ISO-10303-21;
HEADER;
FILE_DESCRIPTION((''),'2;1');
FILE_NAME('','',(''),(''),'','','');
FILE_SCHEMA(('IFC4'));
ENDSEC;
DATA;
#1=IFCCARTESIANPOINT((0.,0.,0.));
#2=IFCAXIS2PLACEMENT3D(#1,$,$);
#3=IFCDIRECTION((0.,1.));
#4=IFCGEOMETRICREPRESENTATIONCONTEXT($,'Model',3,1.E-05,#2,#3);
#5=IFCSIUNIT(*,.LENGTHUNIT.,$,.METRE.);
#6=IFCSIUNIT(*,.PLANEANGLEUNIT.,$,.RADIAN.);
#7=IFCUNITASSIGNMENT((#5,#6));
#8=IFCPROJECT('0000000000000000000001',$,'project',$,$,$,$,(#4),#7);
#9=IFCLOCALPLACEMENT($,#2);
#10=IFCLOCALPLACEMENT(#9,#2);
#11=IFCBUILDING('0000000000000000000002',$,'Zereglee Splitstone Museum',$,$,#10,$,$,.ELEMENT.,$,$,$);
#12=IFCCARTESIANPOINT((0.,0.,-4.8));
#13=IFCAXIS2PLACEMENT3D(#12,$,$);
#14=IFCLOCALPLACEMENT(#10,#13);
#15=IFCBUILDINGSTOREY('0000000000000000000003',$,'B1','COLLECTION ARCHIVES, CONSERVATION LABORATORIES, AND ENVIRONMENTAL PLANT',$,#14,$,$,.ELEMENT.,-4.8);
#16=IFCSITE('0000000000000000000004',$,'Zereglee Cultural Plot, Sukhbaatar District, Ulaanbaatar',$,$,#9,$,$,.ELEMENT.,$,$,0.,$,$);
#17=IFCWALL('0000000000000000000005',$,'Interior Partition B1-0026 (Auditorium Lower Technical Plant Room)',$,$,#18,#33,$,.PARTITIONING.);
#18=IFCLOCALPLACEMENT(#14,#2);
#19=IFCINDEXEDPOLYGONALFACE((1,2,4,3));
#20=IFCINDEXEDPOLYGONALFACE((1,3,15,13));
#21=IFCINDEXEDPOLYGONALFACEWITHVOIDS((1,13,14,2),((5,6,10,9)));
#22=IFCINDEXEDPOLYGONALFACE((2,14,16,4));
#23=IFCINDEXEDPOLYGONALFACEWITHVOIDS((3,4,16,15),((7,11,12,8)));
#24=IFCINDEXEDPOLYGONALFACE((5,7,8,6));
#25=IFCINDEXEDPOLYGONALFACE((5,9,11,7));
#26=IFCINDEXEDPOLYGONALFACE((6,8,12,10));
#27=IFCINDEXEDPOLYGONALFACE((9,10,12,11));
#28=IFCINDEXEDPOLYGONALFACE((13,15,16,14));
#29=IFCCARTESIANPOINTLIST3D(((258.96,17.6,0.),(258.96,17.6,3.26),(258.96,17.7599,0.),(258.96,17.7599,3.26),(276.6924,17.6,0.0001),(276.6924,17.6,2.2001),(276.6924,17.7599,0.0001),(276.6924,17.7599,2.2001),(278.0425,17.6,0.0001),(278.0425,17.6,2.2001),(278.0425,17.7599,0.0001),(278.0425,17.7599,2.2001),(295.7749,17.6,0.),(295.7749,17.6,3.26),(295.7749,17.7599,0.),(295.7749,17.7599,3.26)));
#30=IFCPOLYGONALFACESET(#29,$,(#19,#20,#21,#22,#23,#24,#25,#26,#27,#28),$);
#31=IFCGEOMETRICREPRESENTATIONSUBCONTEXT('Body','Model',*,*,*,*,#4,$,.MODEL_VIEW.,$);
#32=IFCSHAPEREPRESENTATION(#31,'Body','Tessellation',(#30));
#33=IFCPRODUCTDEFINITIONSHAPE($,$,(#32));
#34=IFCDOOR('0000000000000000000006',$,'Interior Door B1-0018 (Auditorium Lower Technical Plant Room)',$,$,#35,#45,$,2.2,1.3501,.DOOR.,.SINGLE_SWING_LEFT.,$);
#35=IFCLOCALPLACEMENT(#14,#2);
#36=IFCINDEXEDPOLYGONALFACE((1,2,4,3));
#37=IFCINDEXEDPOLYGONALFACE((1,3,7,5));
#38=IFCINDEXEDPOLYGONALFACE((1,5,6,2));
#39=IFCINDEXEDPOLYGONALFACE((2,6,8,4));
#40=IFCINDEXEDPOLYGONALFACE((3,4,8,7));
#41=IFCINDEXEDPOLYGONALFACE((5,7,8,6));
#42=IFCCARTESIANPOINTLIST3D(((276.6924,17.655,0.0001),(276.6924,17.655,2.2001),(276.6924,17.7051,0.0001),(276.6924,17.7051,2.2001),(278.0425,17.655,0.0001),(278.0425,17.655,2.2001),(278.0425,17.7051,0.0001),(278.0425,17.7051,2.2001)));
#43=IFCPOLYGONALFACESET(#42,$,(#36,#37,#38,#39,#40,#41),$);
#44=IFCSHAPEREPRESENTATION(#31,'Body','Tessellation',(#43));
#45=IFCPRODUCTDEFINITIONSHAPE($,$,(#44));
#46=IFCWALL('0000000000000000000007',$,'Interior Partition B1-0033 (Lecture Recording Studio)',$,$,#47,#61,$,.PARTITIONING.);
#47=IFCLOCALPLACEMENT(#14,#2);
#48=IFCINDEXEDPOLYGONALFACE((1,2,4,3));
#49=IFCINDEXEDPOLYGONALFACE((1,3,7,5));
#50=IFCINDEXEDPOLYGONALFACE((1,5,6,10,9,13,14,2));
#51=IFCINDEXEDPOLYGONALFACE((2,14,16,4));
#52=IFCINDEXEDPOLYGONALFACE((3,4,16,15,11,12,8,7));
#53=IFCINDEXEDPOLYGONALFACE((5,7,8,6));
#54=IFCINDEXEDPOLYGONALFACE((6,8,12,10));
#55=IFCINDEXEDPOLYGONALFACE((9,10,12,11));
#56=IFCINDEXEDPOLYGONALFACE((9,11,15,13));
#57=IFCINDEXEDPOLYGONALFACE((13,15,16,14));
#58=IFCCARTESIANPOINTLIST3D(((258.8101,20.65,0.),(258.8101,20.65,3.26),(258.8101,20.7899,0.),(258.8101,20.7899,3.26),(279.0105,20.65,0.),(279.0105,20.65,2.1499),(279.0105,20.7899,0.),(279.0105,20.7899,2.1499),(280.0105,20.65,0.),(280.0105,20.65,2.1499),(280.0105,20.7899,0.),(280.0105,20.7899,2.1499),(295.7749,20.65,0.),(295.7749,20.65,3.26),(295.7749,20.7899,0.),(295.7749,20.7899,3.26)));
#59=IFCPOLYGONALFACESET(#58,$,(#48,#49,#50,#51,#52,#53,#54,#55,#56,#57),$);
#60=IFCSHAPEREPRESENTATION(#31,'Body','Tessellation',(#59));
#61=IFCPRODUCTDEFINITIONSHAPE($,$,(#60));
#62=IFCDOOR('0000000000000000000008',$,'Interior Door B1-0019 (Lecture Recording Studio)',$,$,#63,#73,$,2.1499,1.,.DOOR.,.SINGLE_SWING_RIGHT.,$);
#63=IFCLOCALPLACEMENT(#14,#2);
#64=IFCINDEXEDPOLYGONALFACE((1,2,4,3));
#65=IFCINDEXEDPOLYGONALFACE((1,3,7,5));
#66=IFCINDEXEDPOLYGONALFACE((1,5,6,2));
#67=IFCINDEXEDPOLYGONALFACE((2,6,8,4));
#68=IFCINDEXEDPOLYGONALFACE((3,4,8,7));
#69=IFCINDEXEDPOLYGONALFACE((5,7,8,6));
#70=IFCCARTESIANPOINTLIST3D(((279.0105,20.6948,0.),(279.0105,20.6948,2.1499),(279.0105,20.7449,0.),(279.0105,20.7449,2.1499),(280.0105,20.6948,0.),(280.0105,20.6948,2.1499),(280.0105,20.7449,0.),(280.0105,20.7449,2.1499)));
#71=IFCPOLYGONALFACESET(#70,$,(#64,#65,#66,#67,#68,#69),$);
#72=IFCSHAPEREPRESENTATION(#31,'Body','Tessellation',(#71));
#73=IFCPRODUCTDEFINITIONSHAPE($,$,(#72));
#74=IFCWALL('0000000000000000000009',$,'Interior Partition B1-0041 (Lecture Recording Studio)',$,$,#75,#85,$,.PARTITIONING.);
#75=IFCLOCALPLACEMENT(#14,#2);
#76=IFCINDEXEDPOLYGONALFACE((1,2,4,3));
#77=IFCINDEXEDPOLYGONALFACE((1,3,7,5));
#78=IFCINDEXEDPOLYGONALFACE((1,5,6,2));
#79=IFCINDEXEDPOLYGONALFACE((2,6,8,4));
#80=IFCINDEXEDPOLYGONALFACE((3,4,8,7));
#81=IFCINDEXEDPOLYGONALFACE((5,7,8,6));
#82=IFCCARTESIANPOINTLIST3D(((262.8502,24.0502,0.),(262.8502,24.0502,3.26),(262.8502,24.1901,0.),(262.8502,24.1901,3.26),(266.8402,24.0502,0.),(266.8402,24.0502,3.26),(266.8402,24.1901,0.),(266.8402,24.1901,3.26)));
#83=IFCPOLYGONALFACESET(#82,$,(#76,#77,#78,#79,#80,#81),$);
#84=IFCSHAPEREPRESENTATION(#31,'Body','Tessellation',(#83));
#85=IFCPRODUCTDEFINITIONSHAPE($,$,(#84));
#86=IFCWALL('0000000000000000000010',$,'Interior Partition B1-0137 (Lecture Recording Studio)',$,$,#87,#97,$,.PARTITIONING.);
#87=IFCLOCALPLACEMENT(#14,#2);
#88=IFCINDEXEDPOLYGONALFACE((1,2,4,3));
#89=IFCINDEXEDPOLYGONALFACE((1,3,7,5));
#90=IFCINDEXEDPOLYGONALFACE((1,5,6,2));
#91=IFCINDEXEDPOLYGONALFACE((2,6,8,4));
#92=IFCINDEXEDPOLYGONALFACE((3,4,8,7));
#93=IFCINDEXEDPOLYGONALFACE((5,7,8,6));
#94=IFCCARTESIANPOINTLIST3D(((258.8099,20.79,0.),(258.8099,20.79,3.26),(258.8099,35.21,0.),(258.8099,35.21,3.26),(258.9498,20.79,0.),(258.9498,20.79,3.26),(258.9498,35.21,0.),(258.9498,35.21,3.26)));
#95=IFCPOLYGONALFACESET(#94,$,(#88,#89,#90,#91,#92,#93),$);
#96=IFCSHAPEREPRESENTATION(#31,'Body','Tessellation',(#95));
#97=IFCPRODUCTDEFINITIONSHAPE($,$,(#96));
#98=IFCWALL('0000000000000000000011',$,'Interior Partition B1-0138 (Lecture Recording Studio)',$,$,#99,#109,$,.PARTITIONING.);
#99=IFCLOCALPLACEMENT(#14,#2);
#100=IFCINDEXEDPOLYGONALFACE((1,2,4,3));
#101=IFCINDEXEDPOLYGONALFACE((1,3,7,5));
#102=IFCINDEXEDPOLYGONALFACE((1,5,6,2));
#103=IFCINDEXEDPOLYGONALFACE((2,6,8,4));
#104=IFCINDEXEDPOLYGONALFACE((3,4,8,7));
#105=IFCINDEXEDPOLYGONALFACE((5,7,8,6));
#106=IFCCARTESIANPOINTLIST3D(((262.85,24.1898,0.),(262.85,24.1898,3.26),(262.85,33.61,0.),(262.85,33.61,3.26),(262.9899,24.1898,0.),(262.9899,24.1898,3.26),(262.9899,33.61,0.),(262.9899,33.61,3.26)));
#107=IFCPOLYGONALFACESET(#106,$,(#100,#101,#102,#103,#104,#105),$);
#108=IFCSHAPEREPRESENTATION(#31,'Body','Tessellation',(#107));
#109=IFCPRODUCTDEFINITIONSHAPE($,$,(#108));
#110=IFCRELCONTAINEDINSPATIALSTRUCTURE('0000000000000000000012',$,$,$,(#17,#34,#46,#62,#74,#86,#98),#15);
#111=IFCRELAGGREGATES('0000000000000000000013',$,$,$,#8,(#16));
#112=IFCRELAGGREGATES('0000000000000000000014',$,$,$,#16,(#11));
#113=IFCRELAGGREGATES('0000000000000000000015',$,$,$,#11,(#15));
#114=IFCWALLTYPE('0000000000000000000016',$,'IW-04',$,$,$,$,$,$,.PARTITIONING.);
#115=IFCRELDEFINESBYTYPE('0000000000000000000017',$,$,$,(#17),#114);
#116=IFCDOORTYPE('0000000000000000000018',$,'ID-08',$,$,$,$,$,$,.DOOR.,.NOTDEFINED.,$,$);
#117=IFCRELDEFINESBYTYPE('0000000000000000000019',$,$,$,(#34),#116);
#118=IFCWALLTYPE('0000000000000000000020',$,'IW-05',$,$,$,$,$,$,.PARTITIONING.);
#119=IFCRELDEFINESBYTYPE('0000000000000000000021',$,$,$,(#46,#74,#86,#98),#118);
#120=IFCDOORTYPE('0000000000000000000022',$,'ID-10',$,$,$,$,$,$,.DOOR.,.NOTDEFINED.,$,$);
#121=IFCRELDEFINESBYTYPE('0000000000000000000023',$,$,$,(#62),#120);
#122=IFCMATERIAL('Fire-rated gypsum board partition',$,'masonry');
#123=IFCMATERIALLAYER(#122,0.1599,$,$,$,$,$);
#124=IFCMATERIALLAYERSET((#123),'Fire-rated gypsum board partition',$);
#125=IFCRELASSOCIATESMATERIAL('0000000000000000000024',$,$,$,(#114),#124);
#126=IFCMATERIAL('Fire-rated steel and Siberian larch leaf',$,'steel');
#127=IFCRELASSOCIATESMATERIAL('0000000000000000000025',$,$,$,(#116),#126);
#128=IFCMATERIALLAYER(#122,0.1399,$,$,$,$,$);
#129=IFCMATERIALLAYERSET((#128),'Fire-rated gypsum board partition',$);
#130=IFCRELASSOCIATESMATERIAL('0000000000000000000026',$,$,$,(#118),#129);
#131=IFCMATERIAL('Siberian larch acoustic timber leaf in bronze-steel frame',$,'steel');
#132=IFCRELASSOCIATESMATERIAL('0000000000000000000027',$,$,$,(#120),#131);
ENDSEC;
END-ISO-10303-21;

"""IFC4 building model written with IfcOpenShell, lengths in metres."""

from ifc_helpers import new_model, si_unit, direction, frame, frame_2d, origin, place, context, subcontext, project, spatial, rectangle, extrude, material, layer, layer_set, type_object, element, fill, save


model = new_model("IFC4")

# Units and contexts
model_context = context("Model", 3, precision=1e-05, world=origin(), true_north=direction((0.0, 1.0)))
body_context = subcontext(model_context, "Body", "Model", "MODEL_VIEW")
ifc_project = project(units=[si_unit("LENGTHUNIT", "METRE"), si_unit("PLANEANGLEUNIT", "RADIAN")], contexts=[model_context])

# Site, building, storey
site_placement = place(None, origin())
site = spatial("IfcSite", under=ifc_project, at=site_placement, Name="Zereglee Cultural Plot, Sukhbaatar District, Ulaanbaatar", CompositionType="ELEMENT", RefElevation=0.0)
building_placement = place(site_placement, origin())
building = spatial("IfcBuilding", under=site, at=building_placement, Name="Zereglee Splitstone Museum", CompositionType="ELEMENT")
storey_placement = place(building_placement, frame((0.0, 0.0, -4.8)))
storey = spatial("IfcBuildingStorey", under=building, at=storey_placement, Name="B1", Description="COLLECTION ARCHIVES, CONSERVATION LABORATORIES, AND ENVIRONMENTAL PLANT", CompositionType="ELEMENT", Elevation=-4.8)

# Shared definitions
ifc_material_1 = material(Name="Fire-rated steel and Siberian larch leaf", Category="steel")

# Walls, openings, doors
ifc_material_2 = material(Name="Fire-rated gypsum board partition", Category="masonry")
ifc_layer_1 = layer(ifc_material_2, 0.1599)
ifc_layer_set_1 = layer_set([ifc_layer_1], Name="Fire-rated gypsum board partition")
wall_type_1 = type_object("IfcWallType", Name="IW-04", PredefinedType="PARTITIONING", material=ifc_layer_set_1)
wall_1_placement = place(storey_placement, frame((258.96, 17.6799, 0.0), z_axis=(0.0, 0.0, 1.0), x_axis=(1.0, 0.0, 0.0)))
wall_1 = element("IfcWall", 1, at=wall_1_placement, inside=storey, type_object=wall_type_1, Name="Interior Partition B1-0026 (Auditorium Lower Technical Plant Room)", PredefinedType="PARTITIONING", context=body_context, shape_type="SweptSolid", body=[
    extrude(rectangle(XDim=36.8149, YDim=0.1599, at=frame_2d((18.4075, 0.0))), origin(), (0.0, 0.0, 1.0), 3.26),
])
opening_1_placement = place(wall_1_placement, frame((17.7324, 0.0, 0.0)))
opening_1 = element("IfcOpeningElement", 2, at=opening_1_placement, cuts=wall_1, PredefinedType="OPENING", context=body_context, shape_type="SweptSolid", body=[
    extrude(rectangle(XDim=1.3501, YDim=2.2, at=frame_2d((0.675, 1.1001))), frame((0.0, 0.0947, 0.0), z_axis=(0.0, -1.0, 0.0), x_axis=(1.0, 0.0, 0.0)), (0.0, 0.0, 1.0), 0.1897),
])
door_type_1 = type_object("IfcDoorType", Name="ID-08", OperationType="NOTDEFINED", PredefinedType="DOOR", material=ifc_material_1)
door_1_placement = place(opening_1_placement, frame((1.3501, 0.0, 0.0), z_axis=(0.0, 0.0, 1.0), x_axis=(-1.0, 0.0, 0.0)))
door_1 = element("IfcDoor", 3, at=door_1_placement, inside=storey, type_object=door_type_1, Name="Interior Door B1-0018 (Auditorium Lower Technical Plant Room)", OperationType="SINGLE_SWING_LEFT", OverallHeight=2.2, OverallWidth=1.3501, PredefinedType="DOOR", context=body_context, shape_type="SweptSolid", body=[
    extrude(rectangle(XDim=1.3501, YDim=2.2, at=frame_2d((0.675, 1.1001))), frame((0.0, 0.0249, 0.0), z_axis=(0.0, -1.0, 0.0), x_axis=(1.0, 0.0, 0.0)), (0.0, 0.0, 1.0), 0.05),
])
fill(opening_1, door_1)
ifc_layer_2 = layer(ifc_material_2, 0.1399)
ifc_layer_set_2 = layer_set([ifc_layer_2], Name="Fire-rated gypsum board partition")
wall_type_2 = type_object("IfcWallType", Name="IW-05", PredefinedType="PARTITIONING", material=ifc_layer_set_2)
wall_2_placement = place(storey_placement, frame((258.8101, 20.72, 0.0), z_axis=(0.0, 0.0, 1.0), x_axis=(1.0, 0.0, 0.0)))
wall_2 = element("IfcWall", 4, at=wall_2_placement, inside=storey, type_object=wall_type_2, Name="Interior Partition B1-0033 (Lecture Recording Studio)", PredefinedType="PARTITIONING", context=body_context, shape_type="SweptSolid", body=[
    extrude(rectangle(XDim=36.9648, YDim=0.1399, at=frame_2d((18.4824, 0.0))), origin(), (0.0, 0.0, 1.0), 3.26),
])
opening_2_placement = place(wall_2_placement, frame((20.2004, 0.0, 0.0)))
opening_2 = element("IfcOpeningElement", 5, at=opening_2_placement, cuts=wall_2, PredefinedType="OPENING", context=body_context, shape_type="SweptSolid", body=[
    extrude(rectangle(XDim=1.0, YDim=2.1499, at=frame_2d((0.5, 1.075))), frame((0.0, 0.085, 0.0), z_axis=(0.0, -1.0, 0.0), x_axis=(1.0, 0.0, 0.0)), (0.0, 0.0, 1.0), 0.1697),
])
ifc_material_3 = material(Name="Siberian larch acoustic timber leaf in bronze-steel frame", Category="steel")
door_type_2 = type_object("IfcDoorType", Name="ID-10", OperationType="NOTDEFINED", PredefinedType="DOOR", material=ifc_material_3)
door_2_placement = place(opening_2_placement, origin())
door_2 = element("IfcDoor", 6, at=door_2_placement, inside=storey, type_object=door_type_2, Name="Interior Door B1-0019 (Lecture Recording Studio)", OperationType="SINGLE_SWING_RIGHT", OverallHeight=2.1499, OverallWidth=1.0, PredefinedType="DOOR", context=body_context, shape_type="SweptSolid", body=[
    extrude(rectangle(XDim=1.0, YDim=2.1499, at=frame_2d((0.5, 1.075))), frame((0.0, 0.0249, 0.0), z_axis=(0.0, -1.0, 0.0), x_axis=(1.0, 0.0, 0.0)), (0.0, 0.0, 1.0), 0.05),
])
fill(opening_2, door_2)

# Walls
wall_3_placement = place(storey_placement, frame((262.8501, 24.1201, 0.0), z_axis=(0.0, 0.0, 1.0), x_axis=(1.0, 0.0, 0.0)))
element("IfcWall", 7, at=wall_3_placement, inside=storey, type_object=wall_type_2, Name="Interior Partition B1-0041 (Lecture Recording Studio)", PredefinedType="PARTITIONING", context=body_context, shape_type="SweptSolid", body=[
    extrude(rectangle(XDim=3.99, YDim=0.1399, at=frame_2d((1.9951, 0.0))), origin(), (0.0, 0.0, 1.0), 3.26),
])
wall_4_placement = place(storey_placement, frame((258.8799, 20.79, 0.0), z_axis=(0.0, 0.0, 1.0), x_axis=(0.0, 1.0, 0.0)))
element("IfcWall", 8, at=wall_4_placement, inside=storey, type_object=wall_type_2, Name="Interior Partition B1-0137 (Lecture Recording Studio)", PredefinedType="PARTITIONING", context=body_context, shape_type="SweptSolid", body=[
    extrude(rectangle(XDim=14.4199, YDim=0.1399, at=frame_2d((7.21, 0.0))), origin(), (0.0, 0.0, 1.0), 3.26),
])
wall_5_placement = place(storey_placement, frame((262.9199, 24.1899, 0.0), z_axis=(0.0, 0.0, 1.0), x_axis=(0.0, 1.0, 0.0)))
element("IfcWall", 9, at=wall_5_placement, inside=storey, type_object=wall_type_2, Name="Interior Partition B1-0138 (Lecture Recording Studio)", PredefinedType="PARTITIONING", context=body_context, shape_type="SweptSolid", body=[
    extrude(rectangle(XDim=9.4202, YDim=0.1399, at=frame_2d((4.71, 0.0))), origin(), (0.0, 0.0, 1.0), 3.26),
])

save(model, "model.ifc")
